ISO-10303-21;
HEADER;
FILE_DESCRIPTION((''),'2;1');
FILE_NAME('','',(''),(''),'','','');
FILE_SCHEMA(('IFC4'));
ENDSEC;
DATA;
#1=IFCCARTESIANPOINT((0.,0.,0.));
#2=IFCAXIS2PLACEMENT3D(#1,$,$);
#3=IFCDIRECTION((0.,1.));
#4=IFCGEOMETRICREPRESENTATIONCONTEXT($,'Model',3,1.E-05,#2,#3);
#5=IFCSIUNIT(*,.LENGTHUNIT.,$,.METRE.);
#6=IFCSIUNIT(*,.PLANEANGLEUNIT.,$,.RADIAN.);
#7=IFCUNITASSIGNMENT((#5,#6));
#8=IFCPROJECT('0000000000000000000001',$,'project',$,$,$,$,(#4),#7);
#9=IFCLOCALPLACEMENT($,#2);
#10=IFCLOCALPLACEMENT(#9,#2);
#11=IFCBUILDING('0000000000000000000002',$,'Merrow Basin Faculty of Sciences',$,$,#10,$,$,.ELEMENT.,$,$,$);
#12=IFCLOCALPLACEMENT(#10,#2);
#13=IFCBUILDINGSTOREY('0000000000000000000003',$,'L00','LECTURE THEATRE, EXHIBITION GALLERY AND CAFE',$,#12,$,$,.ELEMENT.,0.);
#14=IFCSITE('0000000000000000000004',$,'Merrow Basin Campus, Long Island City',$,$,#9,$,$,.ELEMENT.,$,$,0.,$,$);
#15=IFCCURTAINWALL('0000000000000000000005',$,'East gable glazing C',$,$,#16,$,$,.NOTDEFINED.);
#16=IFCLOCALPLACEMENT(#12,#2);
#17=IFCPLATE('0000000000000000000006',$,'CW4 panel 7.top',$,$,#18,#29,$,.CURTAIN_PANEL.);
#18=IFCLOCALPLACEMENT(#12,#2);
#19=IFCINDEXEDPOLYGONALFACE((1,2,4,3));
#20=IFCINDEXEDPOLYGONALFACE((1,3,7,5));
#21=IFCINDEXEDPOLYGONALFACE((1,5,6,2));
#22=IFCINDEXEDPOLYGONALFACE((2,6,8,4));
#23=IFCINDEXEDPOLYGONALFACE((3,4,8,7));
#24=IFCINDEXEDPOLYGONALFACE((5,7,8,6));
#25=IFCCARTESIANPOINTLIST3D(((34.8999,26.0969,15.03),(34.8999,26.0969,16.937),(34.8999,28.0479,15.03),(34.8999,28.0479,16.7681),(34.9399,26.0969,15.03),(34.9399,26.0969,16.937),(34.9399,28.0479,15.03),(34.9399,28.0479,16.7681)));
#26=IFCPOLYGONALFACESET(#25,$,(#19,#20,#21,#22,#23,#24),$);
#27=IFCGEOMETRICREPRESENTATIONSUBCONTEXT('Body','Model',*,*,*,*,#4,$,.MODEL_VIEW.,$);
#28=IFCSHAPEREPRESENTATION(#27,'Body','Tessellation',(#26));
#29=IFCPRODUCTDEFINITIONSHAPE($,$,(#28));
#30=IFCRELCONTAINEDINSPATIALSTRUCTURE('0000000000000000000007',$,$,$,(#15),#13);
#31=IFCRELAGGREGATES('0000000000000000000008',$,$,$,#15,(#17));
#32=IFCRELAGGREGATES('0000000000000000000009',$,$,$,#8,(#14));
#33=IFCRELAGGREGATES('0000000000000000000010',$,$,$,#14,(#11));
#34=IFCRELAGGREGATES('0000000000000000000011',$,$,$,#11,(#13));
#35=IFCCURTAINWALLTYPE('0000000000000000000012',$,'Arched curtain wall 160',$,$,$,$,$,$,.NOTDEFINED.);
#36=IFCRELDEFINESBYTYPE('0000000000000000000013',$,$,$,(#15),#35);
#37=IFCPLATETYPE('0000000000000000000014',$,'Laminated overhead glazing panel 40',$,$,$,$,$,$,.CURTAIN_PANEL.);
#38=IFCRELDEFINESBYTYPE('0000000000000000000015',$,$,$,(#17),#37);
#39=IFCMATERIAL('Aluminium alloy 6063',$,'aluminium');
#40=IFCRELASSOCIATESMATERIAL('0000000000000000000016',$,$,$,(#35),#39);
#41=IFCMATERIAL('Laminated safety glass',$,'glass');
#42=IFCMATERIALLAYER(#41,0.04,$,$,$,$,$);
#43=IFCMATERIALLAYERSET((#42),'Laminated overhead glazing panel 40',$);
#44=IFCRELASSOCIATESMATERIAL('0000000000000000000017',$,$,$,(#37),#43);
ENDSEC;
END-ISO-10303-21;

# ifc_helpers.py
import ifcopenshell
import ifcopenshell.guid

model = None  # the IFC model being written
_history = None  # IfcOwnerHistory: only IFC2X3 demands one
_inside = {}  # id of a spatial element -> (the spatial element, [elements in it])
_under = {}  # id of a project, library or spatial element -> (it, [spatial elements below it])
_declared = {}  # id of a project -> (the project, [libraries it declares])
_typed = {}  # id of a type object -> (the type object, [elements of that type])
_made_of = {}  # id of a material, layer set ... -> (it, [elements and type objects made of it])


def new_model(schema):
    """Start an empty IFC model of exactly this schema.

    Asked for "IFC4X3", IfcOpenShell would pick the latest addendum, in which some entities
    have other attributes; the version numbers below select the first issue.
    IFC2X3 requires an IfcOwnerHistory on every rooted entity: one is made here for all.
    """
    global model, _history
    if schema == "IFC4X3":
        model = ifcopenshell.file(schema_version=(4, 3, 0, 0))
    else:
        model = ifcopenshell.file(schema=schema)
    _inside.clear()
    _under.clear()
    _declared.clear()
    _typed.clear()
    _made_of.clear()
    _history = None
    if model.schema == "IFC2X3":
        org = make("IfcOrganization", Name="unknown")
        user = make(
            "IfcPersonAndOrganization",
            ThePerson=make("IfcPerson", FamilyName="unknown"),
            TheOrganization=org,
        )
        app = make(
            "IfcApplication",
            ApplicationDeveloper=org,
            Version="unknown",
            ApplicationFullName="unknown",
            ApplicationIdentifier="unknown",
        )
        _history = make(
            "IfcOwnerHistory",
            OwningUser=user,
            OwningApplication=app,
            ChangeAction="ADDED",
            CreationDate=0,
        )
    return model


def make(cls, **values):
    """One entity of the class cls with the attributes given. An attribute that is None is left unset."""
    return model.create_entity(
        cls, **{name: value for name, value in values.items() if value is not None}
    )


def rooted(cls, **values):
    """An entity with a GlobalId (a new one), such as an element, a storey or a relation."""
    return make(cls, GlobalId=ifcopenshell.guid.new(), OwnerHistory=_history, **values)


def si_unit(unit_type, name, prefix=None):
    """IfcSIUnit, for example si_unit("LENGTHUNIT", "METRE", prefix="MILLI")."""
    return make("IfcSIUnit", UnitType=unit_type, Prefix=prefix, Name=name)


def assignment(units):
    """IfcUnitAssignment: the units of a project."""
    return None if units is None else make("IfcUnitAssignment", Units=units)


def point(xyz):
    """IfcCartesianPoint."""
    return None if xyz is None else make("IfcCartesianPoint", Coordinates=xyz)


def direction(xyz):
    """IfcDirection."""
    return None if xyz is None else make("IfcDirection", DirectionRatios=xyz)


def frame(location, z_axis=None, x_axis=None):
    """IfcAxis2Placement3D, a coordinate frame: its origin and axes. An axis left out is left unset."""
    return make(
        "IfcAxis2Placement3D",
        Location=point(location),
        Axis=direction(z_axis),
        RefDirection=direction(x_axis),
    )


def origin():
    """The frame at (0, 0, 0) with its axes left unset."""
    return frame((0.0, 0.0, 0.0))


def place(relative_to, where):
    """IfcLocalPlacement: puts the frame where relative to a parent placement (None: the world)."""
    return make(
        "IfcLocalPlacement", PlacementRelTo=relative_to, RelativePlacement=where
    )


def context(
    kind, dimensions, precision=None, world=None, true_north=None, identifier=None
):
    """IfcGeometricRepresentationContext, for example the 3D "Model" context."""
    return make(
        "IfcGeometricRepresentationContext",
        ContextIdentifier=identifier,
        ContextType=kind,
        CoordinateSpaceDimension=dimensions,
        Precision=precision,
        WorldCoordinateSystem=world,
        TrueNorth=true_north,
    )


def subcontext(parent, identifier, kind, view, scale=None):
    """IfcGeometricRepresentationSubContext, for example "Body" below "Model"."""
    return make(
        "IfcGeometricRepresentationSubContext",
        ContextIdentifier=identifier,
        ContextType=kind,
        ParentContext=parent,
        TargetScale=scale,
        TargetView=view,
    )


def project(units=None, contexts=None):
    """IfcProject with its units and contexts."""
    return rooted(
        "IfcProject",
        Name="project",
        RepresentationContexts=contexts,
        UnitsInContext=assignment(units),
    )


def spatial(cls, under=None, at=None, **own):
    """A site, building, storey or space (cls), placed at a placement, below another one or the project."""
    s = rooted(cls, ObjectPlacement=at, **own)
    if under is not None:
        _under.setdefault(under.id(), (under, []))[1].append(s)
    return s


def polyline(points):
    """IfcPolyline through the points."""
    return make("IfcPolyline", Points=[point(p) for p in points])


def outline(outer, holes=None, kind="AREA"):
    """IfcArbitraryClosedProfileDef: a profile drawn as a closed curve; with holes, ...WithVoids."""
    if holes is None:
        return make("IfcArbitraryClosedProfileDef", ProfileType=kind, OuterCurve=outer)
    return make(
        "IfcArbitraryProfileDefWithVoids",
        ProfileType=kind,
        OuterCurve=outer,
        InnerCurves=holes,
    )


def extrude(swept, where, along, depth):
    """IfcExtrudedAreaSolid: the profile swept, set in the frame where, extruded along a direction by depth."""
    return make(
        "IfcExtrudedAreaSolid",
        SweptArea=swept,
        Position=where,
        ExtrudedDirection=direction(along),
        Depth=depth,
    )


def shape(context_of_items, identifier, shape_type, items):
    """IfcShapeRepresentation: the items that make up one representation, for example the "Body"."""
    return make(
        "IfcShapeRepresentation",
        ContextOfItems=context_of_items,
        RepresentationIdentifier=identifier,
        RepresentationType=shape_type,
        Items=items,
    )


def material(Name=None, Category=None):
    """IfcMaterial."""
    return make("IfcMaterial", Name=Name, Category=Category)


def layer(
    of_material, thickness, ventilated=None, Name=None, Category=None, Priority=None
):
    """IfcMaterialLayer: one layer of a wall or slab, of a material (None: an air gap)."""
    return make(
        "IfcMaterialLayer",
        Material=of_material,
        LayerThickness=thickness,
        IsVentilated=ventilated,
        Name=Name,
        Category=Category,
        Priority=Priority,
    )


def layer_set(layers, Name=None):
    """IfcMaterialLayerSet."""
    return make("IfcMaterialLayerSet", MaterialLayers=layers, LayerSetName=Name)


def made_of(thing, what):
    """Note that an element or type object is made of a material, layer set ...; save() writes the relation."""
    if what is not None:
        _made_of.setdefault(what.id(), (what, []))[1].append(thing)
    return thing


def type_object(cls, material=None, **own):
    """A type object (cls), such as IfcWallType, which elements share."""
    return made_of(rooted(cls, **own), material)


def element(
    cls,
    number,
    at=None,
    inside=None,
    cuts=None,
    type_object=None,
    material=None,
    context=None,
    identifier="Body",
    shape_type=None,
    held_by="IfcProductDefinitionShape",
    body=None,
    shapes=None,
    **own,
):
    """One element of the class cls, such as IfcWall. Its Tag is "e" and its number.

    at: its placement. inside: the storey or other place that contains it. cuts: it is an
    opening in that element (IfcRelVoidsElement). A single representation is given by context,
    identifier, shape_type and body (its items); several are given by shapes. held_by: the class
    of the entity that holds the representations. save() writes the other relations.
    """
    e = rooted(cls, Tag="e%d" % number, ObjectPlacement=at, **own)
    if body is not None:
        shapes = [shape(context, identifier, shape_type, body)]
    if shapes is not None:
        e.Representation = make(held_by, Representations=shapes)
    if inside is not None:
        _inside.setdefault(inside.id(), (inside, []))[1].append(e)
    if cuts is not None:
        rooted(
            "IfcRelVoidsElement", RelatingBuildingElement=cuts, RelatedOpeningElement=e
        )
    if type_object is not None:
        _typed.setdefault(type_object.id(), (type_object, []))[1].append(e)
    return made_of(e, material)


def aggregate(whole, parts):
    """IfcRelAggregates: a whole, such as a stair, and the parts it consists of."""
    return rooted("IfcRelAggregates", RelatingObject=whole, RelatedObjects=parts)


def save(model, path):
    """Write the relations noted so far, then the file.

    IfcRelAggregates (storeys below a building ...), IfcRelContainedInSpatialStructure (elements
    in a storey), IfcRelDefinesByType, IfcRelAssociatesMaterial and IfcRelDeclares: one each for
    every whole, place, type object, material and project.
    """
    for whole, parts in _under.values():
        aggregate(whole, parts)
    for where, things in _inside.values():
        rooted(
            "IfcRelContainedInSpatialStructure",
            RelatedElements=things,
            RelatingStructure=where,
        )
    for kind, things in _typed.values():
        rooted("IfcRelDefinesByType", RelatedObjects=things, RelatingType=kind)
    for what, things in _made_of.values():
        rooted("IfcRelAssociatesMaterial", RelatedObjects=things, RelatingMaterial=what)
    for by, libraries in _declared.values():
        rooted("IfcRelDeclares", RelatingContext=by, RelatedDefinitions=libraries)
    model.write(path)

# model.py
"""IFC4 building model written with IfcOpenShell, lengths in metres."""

from ifc_helpers import new_model, si_unit, direction, frame, origin, place, context, subcontext, project, spatial, polyline, outline, extrude, material, layer, layer_set, type_object, element, aggregate, save


model = new_model("IFC4")

# Units and contexts
model_context = context("Model", 3, precision=1e-05, world=origin(), true_north=direction((0.0, 1.0)))
body_context = subcontext(model_context, "Body", "Model", "MODEL_VIEW")
ifc_project = project(units=[si_unit("LENGTHUNIT", "METRE"), si_unit("PLANEANGLEUNIT", "RADIAN")], contexts=[model_context])

# Site, building, storey
site_placement = place(None, origin())
site = spatial("IfcSite", under=ifc_project, at=site_placement, Name="Merrow Basin Campus, Long Island City", CompositionType="ELEMENT", RefElevation=0.0)
building_placement = place(site_placement, origin())
building = spatial("IfcBuilding", under=site, at=building_placement, Name="Merrow Basin Faculty of Sciences", CompositionType="ELEMENT")
storey_placement = place(building_placement, origin())
storey = spatial("IfcBuildingStorey", under=building, at=storey_placement, Name="L00", Description="LECTURE THEATRE, EXHIBITION GALLERY AND CAFE", CompositionType="ELEMENT", Elevation=0.0)

# Curtain wall, plate
ifc_material_1 = material(Name="Aluminium alloy 6063", Category="aluminium")
curtain_wall_type = type_object("IfcCurtainWallType", Name="Arched curtain wall 160", PredefinedType="NOTDEFINED", material=ifc_material_1)
curtain_wall_placement = place(storey_placement, origin())
curtain_wall = element("IfcCurtainWall", 1, at=curtain_wall_placement, inside=storey, type_object=curtain_wall_type, Name="East gable glazing C", PredefinedType="NOTDEFINED")
ifc_material_2 = material(Name="Laminated safety glass", Category="glass")
ifc_layer = layer(ifc_material_2, 0.04)
ifc_layer_set = layer_set([ifc_layer], Name="Laminated overhead glazing panel 40")
plate_type = type_object("IfcPlateType", Name="Laminated overhead glazing panel 40", PredefinedType="CURTAIN_PANEL", material=ifc_layer_set)
plate_1_placement = place(storey_placement, frame((34.8999, 26.0969, 15.03), z_axis=(1.0, 0.0, 0.0), x_axis=(0.0, 1.0, 0.0)))
plate_1 = element("IfcPlate", 2, at=plate_1_placement, type_object=plate_type, Name="CW4 panel 7.top", PredefinedType="CURTAIN_PANEL", context=body_context, shape_type="SweptSolid", body=[
    extrude(outline(polyline([(0.0, 0.0), (1.9509, 0.0), (1.9509, 1.738), (0.0, 1.907), (0.0, 0.0)])), origin(), (0.0, 0.0, 1.0), 0.04),
])
aggregate(curtain_wall, [plate_1])

save(model, "model.ifc")
